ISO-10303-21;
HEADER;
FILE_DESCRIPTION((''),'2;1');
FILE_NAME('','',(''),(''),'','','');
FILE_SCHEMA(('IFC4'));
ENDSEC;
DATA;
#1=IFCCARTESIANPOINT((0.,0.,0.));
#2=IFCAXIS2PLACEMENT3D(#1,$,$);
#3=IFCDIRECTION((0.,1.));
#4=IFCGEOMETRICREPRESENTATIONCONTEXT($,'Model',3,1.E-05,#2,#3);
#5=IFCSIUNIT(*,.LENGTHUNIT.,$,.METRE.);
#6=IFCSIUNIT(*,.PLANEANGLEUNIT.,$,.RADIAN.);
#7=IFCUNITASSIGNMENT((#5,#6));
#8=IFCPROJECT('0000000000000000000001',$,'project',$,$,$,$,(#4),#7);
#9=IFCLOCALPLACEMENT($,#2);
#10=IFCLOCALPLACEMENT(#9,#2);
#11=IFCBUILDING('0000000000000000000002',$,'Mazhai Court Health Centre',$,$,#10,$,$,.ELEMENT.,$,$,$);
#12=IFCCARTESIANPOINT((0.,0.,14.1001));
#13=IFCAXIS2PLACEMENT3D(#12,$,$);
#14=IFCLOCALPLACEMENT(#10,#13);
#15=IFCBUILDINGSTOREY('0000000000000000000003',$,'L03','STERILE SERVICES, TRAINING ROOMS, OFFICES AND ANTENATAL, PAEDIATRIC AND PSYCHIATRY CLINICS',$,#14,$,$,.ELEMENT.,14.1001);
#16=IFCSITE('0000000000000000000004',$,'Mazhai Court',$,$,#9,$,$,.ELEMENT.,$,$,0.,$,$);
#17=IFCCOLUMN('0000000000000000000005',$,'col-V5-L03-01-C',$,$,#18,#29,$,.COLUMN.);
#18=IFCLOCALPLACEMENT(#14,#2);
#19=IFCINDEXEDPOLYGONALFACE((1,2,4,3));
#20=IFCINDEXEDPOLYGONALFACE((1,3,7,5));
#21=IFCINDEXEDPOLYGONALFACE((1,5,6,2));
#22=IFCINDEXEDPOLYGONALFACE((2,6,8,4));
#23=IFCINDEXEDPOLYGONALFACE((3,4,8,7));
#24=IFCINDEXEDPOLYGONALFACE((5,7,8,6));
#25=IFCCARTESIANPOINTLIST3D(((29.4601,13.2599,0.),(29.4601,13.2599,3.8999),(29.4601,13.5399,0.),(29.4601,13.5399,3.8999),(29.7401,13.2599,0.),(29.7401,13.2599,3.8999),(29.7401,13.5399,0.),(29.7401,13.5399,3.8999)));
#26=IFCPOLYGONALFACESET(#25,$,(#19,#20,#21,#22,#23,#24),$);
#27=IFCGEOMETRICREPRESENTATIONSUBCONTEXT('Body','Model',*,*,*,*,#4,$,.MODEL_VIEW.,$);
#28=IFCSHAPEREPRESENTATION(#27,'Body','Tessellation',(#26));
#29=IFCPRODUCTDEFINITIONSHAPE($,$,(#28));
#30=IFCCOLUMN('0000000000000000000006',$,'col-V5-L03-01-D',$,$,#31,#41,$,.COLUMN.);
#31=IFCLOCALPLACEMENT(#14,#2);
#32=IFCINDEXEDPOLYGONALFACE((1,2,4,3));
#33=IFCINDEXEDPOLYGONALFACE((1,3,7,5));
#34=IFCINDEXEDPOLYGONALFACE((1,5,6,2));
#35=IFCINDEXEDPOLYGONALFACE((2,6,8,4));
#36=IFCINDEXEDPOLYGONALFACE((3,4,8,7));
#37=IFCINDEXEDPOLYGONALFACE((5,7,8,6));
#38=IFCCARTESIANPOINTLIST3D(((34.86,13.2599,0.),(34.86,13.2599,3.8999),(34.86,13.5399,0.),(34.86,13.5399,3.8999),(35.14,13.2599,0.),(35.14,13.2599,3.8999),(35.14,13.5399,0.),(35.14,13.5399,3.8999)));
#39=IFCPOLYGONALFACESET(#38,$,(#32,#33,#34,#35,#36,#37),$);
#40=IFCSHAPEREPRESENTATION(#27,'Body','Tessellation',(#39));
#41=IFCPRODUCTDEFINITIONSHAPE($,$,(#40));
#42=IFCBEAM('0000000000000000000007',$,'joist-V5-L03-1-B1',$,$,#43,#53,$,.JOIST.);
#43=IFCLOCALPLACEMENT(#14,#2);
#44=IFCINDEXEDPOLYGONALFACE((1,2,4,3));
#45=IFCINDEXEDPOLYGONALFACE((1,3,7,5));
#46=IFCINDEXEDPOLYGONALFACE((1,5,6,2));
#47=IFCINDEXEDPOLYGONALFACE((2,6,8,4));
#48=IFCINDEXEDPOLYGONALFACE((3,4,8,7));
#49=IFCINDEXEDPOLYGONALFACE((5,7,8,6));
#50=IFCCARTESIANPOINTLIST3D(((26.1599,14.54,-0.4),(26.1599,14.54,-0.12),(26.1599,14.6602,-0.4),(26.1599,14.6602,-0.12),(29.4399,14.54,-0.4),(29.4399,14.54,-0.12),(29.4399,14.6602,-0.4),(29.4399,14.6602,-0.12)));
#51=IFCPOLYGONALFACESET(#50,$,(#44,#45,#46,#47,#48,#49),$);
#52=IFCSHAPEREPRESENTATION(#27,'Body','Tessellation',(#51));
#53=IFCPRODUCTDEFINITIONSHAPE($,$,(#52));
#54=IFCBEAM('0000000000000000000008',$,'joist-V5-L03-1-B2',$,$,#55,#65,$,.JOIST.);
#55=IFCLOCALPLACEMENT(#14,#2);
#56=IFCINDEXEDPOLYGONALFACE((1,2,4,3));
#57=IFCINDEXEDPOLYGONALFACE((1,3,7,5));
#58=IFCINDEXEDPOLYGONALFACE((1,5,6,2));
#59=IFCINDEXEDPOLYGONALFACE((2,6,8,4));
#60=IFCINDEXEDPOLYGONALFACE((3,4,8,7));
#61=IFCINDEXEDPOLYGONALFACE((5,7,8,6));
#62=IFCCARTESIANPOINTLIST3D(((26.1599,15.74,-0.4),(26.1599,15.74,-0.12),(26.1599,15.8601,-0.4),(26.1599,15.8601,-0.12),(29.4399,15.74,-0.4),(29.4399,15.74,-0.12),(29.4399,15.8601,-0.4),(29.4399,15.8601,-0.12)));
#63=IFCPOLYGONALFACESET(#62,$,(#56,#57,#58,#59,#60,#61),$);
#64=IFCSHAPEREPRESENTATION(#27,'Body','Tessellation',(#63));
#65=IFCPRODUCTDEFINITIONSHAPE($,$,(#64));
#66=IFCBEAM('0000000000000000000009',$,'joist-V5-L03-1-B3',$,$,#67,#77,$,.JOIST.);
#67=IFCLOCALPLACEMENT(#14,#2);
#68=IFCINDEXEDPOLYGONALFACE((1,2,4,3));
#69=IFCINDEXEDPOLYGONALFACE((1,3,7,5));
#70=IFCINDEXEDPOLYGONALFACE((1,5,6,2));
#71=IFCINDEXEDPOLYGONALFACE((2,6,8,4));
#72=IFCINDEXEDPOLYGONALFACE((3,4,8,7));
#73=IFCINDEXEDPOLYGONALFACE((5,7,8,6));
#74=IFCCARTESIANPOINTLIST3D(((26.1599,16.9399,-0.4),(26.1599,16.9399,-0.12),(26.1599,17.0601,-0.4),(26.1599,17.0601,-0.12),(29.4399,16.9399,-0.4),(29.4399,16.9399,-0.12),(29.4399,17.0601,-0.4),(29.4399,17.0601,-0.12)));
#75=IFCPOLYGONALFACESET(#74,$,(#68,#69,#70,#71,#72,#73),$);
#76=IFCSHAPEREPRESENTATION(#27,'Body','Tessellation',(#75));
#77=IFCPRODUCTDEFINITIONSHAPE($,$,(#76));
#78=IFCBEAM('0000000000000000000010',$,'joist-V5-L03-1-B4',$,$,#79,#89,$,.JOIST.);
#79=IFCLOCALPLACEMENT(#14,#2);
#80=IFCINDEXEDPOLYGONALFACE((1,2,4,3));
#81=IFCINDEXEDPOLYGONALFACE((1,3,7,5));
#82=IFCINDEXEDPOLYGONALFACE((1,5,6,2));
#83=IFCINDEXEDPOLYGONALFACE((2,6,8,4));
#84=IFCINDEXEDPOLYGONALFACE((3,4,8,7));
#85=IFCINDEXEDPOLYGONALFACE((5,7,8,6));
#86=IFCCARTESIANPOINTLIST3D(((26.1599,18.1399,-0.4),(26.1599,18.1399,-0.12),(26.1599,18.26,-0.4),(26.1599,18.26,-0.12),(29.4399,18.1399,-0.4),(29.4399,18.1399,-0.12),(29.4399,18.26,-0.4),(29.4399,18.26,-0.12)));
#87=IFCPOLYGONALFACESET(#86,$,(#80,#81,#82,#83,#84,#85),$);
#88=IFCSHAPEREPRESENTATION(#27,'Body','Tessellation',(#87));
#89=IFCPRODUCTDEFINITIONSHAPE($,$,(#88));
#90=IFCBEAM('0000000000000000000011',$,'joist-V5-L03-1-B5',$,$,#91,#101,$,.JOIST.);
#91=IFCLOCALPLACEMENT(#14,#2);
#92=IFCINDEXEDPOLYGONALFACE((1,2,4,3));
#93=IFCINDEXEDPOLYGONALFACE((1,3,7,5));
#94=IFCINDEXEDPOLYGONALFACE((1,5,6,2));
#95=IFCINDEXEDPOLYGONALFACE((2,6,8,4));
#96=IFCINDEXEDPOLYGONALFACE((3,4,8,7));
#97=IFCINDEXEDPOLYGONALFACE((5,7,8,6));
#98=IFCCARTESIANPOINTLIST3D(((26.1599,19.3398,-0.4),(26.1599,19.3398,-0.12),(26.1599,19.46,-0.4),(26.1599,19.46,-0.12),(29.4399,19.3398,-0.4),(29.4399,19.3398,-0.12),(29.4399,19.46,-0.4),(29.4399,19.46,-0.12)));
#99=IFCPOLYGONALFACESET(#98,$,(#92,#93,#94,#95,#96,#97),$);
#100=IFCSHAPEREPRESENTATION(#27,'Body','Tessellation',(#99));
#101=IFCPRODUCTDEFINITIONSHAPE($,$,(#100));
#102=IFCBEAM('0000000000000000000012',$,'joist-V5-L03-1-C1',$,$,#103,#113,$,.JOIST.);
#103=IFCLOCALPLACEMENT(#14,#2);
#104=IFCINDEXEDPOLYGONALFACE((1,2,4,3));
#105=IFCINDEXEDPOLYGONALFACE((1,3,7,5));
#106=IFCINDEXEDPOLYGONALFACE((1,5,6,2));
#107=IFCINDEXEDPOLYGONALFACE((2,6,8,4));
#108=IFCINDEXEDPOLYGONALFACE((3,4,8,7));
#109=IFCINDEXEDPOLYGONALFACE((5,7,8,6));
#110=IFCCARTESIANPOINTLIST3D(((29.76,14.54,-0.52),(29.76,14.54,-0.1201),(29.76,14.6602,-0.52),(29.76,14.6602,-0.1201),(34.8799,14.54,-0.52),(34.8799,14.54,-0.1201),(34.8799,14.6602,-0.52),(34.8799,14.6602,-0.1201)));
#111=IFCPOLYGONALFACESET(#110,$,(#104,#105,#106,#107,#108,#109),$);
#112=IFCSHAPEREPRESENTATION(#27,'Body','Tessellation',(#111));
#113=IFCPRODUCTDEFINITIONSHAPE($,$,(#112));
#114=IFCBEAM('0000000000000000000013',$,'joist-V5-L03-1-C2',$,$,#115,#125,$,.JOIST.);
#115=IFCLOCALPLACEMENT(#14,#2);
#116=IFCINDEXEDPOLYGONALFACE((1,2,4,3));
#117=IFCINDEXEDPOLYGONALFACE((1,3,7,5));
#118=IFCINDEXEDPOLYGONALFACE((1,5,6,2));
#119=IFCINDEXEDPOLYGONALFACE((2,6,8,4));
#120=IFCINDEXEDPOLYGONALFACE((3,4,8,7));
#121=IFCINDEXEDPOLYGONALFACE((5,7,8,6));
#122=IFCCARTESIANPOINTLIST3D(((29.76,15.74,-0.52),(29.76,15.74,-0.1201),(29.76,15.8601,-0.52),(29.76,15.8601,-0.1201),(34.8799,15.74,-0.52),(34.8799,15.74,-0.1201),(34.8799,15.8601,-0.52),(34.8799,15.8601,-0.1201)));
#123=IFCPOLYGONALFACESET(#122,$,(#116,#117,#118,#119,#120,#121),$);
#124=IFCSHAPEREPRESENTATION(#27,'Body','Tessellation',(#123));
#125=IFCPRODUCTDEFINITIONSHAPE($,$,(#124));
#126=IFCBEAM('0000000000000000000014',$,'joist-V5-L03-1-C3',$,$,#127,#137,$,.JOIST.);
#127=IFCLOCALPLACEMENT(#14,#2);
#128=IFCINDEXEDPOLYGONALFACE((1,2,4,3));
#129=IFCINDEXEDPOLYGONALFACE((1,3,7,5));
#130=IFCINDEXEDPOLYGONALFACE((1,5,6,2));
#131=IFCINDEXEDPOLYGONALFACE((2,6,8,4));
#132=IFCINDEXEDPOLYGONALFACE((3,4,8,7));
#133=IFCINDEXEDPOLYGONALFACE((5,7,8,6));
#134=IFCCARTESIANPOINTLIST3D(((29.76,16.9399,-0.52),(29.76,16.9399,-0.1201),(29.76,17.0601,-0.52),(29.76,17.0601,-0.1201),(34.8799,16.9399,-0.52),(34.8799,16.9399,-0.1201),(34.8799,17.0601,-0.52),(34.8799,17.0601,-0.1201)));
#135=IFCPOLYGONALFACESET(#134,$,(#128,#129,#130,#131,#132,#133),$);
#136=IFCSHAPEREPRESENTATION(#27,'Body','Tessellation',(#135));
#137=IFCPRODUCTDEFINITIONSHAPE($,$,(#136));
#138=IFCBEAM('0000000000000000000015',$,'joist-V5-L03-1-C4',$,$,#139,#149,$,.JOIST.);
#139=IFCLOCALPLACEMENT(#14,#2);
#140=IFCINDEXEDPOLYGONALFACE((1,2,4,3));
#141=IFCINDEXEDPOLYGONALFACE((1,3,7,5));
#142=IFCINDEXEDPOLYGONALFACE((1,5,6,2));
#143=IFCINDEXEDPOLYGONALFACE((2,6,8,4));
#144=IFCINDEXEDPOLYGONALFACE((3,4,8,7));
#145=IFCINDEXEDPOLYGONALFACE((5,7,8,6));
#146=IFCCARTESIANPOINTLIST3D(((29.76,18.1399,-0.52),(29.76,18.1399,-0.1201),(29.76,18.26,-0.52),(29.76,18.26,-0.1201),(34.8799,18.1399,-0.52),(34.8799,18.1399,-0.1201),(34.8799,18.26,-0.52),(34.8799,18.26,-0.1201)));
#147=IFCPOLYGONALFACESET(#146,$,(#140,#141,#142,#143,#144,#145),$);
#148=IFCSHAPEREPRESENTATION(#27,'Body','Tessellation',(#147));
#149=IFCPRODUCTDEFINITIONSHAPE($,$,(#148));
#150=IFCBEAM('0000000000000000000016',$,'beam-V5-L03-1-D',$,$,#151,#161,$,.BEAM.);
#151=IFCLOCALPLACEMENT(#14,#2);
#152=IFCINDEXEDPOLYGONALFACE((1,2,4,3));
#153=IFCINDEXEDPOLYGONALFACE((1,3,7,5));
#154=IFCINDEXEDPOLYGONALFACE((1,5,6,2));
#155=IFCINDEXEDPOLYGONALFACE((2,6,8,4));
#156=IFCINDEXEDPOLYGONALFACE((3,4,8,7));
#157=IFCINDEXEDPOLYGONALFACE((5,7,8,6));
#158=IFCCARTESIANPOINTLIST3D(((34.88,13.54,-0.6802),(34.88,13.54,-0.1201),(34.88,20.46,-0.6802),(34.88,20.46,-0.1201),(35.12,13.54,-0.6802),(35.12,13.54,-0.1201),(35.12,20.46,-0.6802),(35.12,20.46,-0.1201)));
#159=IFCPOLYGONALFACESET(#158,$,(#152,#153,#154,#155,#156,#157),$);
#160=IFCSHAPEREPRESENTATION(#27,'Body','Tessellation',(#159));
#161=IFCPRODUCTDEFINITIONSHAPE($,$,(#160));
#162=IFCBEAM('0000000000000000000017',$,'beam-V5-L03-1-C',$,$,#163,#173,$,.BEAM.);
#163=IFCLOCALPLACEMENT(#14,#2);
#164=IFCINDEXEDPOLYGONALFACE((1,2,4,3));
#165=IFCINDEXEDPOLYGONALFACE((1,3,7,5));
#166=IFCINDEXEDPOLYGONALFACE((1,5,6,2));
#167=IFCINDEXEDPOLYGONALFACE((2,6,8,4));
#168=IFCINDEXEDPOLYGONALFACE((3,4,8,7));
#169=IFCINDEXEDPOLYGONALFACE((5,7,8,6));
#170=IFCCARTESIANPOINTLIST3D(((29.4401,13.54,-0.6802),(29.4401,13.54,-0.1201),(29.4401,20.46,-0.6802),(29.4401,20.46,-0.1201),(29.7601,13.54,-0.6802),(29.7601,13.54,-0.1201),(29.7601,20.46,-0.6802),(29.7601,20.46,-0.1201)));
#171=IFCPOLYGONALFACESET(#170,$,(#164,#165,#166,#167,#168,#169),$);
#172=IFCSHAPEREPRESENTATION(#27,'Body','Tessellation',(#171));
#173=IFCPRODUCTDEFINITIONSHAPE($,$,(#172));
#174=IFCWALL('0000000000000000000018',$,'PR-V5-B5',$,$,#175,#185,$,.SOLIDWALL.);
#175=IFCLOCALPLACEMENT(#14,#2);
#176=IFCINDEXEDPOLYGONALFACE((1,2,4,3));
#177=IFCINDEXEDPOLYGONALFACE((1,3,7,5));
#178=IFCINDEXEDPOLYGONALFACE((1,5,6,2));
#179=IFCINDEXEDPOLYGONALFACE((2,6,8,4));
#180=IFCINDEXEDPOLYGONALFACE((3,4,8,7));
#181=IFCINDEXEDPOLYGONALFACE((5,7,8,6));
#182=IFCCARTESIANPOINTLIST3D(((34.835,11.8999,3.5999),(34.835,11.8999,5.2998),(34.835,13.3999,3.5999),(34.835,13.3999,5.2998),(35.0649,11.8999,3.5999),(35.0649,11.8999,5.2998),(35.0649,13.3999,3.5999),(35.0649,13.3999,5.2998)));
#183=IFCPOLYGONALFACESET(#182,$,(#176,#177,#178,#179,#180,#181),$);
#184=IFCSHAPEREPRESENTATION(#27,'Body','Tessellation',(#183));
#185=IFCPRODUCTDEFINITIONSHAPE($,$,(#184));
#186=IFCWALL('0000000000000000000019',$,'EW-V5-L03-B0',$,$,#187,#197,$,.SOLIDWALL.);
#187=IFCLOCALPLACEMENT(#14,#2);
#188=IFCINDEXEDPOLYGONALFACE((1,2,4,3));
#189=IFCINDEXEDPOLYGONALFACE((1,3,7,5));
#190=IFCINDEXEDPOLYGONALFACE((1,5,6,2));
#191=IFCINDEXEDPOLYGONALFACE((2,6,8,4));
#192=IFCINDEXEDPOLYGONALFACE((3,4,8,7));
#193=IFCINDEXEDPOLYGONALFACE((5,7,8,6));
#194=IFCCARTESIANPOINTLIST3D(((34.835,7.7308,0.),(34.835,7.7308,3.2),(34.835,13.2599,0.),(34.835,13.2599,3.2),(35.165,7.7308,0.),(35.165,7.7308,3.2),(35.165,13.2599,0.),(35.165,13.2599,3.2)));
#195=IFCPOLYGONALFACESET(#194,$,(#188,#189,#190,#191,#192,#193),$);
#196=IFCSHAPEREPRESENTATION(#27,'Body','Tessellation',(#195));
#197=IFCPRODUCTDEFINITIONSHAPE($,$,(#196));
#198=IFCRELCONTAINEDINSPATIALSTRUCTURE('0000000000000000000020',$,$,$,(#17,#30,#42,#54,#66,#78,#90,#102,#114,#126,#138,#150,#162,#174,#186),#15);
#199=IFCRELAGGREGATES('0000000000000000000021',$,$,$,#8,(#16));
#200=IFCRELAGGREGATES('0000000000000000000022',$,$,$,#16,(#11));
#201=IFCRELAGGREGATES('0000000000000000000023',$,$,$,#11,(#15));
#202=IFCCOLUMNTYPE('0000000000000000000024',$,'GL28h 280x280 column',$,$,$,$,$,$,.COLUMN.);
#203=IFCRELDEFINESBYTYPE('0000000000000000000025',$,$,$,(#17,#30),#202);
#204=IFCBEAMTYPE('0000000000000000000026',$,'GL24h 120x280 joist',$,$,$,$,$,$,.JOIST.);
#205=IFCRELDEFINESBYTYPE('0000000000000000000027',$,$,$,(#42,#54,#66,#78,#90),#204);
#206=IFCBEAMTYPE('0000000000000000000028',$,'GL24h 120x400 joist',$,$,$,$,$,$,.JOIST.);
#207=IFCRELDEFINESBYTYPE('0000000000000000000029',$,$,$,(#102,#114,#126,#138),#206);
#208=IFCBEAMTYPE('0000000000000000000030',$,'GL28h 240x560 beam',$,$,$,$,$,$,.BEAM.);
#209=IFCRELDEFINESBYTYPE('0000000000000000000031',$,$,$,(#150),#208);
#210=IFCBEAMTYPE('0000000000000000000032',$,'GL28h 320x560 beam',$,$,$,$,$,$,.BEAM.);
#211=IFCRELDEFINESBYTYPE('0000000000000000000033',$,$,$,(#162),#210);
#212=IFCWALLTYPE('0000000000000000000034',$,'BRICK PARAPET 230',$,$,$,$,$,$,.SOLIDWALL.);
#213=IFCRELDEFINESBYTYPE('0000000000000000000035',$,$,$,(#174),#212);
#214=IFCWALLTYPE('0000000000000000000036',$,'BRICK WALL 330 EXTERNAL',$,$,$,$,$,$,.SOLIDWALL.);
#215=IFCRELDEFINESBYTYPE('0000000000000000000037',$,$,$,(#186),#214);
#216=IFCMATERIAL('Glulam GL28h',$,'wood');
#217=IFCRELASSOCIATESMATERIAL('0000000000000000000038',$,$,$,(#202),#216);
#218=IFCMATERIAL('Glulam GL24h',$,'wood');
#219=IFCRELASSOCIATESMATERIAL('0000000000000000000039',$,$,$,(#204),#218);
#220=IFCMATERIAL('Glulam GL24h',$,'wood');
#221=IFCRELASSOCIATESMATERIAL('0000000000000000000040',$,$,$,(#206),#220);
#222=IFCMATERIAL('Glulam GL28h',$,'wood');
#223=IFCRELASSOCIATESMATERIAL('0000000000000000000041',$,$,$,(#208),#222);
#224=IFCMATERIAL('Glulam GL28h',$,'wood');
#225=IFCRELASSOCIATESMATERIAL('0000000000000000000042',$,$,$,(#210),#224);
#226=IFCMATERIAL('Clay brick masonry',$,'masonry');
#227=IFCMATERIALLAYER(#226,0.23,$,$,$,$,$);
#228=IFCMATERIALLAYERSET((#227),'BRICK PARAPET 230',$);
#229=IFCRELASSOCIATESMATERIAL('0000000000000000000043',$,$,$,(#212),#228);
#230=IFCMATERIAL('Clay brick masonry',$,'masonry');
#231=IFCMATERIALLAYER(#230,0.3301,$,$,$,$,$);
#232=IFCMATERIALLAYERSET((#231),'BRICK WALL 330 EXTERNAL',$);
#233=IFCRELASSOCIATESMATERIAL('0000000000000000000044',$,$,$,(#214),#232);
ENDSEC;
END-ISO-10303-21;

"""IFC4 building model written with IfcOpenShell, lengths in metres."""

from ifc_helpers import new_model, si_unit, direction, frame, frame_2d, origin, origin_2d, place, context, subcontext, project, spatial, rectangle, extrude, material, layer, layer_set, material_profile, profile_set, type_object, element, save


model = new_model("IFC4")

# Units and contexts
model_context = context("Model", 3, precision=1e-05, world=origin(), true_north=direction((0.0, 1.0)))
body_context = subcontext(model_context, "Body", "Model", "MODEL_VIEW")
ifc_project = project(units=[si_unit("LENGTHUNIT", "METRE"), si_unit("PLANEANGLEUNIT", "RADIAN")], contexts=[model_context])

# Site, building, storey
site_placement = place(None, origin())
site = spatial("IfcSite", under=ifc_project, at=site_placement, Name="Mazhai Court", CompositionType="ELEMENT", RefElevation=0.0)
building_placement = place(site_placement, origin())
building = spatial("IfcBuilding", under=site, at=building_placement, Name="Mazhai Court Health Centre", CompositionType="ELEMENT")
storey_placement = place(building_placement, frame((0.0, 0.0, 14.1001)))
storey = spatial("IfcBuildingStorey", under=building, at=storey_placement, Name="L03", Description="STERILE SERVICES, TRAINING ROOMS, OFFICES AND ANTENATAL, PAEDIATRIC AND PSYCHIATRY CLINICS", CompositionType="ELEMENT", Elevation=14.1001)

# Columns
ifc_material_1 = material(Name="Glulam GL28h", Category="wood")
ifc_material_profile_1 = material_profile(ifc_material_1, rectangle(XDim=0.28, YDim=0.28, at=origin_2d()), Name="GL28h 280x280")
ifc_profile_set_1 = profile_set([ifc_material_profile_1], Name="Glulam GL28h")
column_type = type_object("IfcColumnType", Name="GL28h 280x280 column", PredefinedType="COLUMN", material=ifc_profile_set_1)
for number, where, z_axis, x_axis, name in (
    (1, (29.6001, 13.3999, 0.0), (0.0, 0.0, 1.0), (1.0, 0.0, 0.0), "col-V5-L03-01-C"),
    (2, (35.0, 13.3999, 0.0), (0.0, 0.0, 1.0), (1.0, 0.0, 0.0), "col-V5-L03-01-D"),
):
    element("IfcColumn", number, at=place(storey_placement, frame(where, z_axis=z_axis, x_axis=x_axis)), inside=storey, type_object=column_type, Name=name, PredefinedType="COLUMN", context=body_context, shape_type="SweptSolid", body=[
        extrude(rectangle(XDim=0.28, YDim=0.28, at=origin_2d()), origin(), (0.0, 0.0, 1.0), 3.8999),
    ])

# Beams
ifc_material_2 = material(Name="Glulam GL24h", Category="wood")
ifc_material_profile_2 = material_profile(ifc_material_2, rectangle(XDim=0.1201, YDim=0.28, at=origin_2d()), Name="GL24h 120x280")
ifc_profile_set_2 = profile_set([ifc_material_profile_2], Name="Glulam GL24h")
beam_type_1 = type_object("IfcBeamType", Name="GL24h 120x280 joist", PredefinedType="JOIST", material=ifc_profile_set_2)
for number, where, z_axis, x_axis, name in (
    (3, (26.1599, 14.6001, -0.26), (1.0, 0.0, 0.0), (0.0, 1.0, 0.0), "joist-V5-L03-1-B1"),
    (4, (26.1599, 15.8, -0.26), (1.0, 0.0, 0.0), (0.0, 1.0, 0.0), "joist-V5-L03-1-B2"),
    (5, (26.1599, 17.0, -0.26), (1.0, 0.0, 0.0), (0.0, 1.0, 0.0), "joist-V5-L03-1-B3"),
    (6, (26.1599, 18.2, -0.26), (1.0, 0.0, 0.0), (0.0, 1.0, 0.0), "joist-V5-L03-1-B4"),
    (7, (26.1599, 19.3999, -0.26), (1.0, 0.0, 0.0), (0.0, 1.0, 0.0), "joist-V5-L03-1-B5"),
):
    element("IfcBeam", number, at=place(storey_placement, frame(where, z_axis=z_axis, x_axis=x_axis)), inside=storey, type_object=beam_type_1, Name=name, PredefinedType="JOIST", context=body_context, shape_type="SweptSolid", body=[
        extrude(rectangle(XDim=0.1201, YDim=0.28, at=origin_2d()), origin(), (0.0, 0.0, 1.0), 3.28),
    ])
ifc_material_3 = material(Name="Glulam GL24h", Category="wood")
ifc_material_profile_3 = material_profile(ifc_material_3, rectangle(XDim=0.1201, YDim=0.3999, at=origin_2d()), Name="GL24h 120x400")
ifc_profile_set_3 = profile_set([ifc_material_profile_3], Name="Glulam GL24h")
beam_type_2 = type_object("IfcBeamType", Name="GL24h 120x400 joist", PredefinedType="JOIST", material=ifc_profile_set_3)
for number, where, z_axis, x_axis, name in (
    (8, (29.76, 14.6001, -0.3201), (1.0, 0.0, 0.0), (0.0, 1.0, 0.0), "joist-V5-L03-1-C1"),
    (9, (29.76, 15.8, -0.3201), (1.0, 0.0, 0.0), (0.0, 1.0, 0.0), "joist-V5-L03-1-C2"),
    (10, (29.76, 17.0, -0.3201), (1.0, 0.0, 0.0), (0.0, 1.0, 0.0), "joist-V5-L03-1-C3"),
    (11, (29.76, 18.2, -0.3201), (1.0, 0.0, 0.0), (0.0, 1.0, 0.0), "joist-V5-L03-1-C4"),
):
    element("IfcBeam", number, at=place(storey_placement, frame(where, z_axis=z_axis, x_axis=x_axis)), inside=storey, type_object=beam_type_2, Name=name, PredefinedType="JOIST", context=body_context, shape_type="SweptSolid", body=[
        extrude(rectangle(XDim=0.1201, YDim=0.3999, at=origin_2d()), origin(), (0.0, 0.0, 1.0), 5.1199),
    ])
ifc_material_4 = material(Name="Glulam GL28h", Category="wood")
ifc_material_profile_4 = material_profile(ifc_material_4, rectangle(XDim=0.24, YDim=0.5601, at=origin_2d()), Name="GL28h 240x560")
ifc_profile_set_4 = profile_set([ifc_material_profile_4], Name="Glulam GL28h")
beam_type_3 = type_object("IfcBeamType", Name="GL28h 240x560 beam", PredefinedType="BEAM", material=ifc_profile_set_4)
beam_1_placement = place(storey_placement, frame((35.0, 13.54, -0.4001), z_axis=(0.0, 1.0, 0.0), x_axis=(-1.0, 0.0, 0.0)))
element("IfcBeam", 12, at=beam_1_placement, inside=storey, type_object=beam_type_3, Name="beam-V5-L03-1-D", PredefinedType="BEAM", context=body_context, shape_type="SweptSolid", body=[
    extrude(rectangle(XDim=0.24, YDim=0.5601, at=origin_2d()), origin(), (0.0, 0.0, 1.0), 6.9199),
])
ifc_material_5 = material(Name="Glulam GL28h", Category="wood")
ifc_material_profile_5 = material_profile(ifc_material_5, rectangle(XDim=0.3201, YDim=0.5601, at=origin_2d()), Name="GL28h 320x560")
ifc_profile_set_5 = profile_set([ifc_material_profile_5], Name="Glulam GL28h")
beam_type_4 = type_object("IfcBeamType", Name="GL28h 320x560 beam", PredefinedType="BEAM", material=ifc_profile_set_5)
beam_2_placement = place(storey_placement, frame((29.6001, 13.54, -0.4001), z_axis=(0.0, 1.0, 0.0), x_axis=(-1.0, 0.0, 0.0)))
element("IfcBeam", 13, at=beam_2_placement, inside=storey, type_object=beam_type_4, Name="beam-V5-L03-1-C", PredefinedType="BEAM", context=body_context, shape_type="SweptSolid", body=[
    extrude(rectangle(XDim=0.3201, YDim=0.5601, at=origin_2d()), origin(), (0.0, 0.0, 1.0), 6.9199),
])

# Walls
ifc_material_6 = material(Name="Clay brick masonry", Category="masonry")
ifc_layer_1 = layer(ifc_material_6, 0.23)
ifc_layer_set_1 = layer_set([ifc_layer_1], Name="BRICK PARAPET 230")
wall_type_1 = type_object("IfcWallType", Name="BRICK PARAPET 230", PredefinedType="SOLIDWALL", material=ifc_layer_set_1)
wall_1_placement = place(storey_placement, frame((34.95, 13.3999, 3.5999), z_axis=(0.0, 0.0, 1.0), x_axis=(0.0, -1.0, 0.0)))
element("IfcWall", 14, at=wall_1_placement, inside=storey, type_object=wall_type_1, Name="PR-V5-B5", PredefinedType="SOLIDWALL", context=body_context, shape_type="SweptSolid", body=[
    extrude(rectangle(XDim=1.5, YDim=0.23, at=frame_2d((0.75, 0.0))), origin(), (0.0, 0.0, 1.0), 1.7),
])
ifc_material_7 = material(Name="Clay brick masonry", Category="masonry")
ifc_layer_2 = layer(ifc_material_7, 0.3301)
ifc_layer_set_2 = layer_set([ifc_layer_2], Name="BRICK WALL 330 EXTERNAL")
wall_type_2 = type_object("IfcWallType", Name="BRICK WALL 330 EXTERNAL", PredefinedType="SOLIDWALL", material=ifc_layer_set_2)
wall_2_placement = place(storey_placement, frame((35.0, 13.26, 0.0), z_axis=(0.0, 0.0, 1.0), x_axis=(0.0, -1.0, 0.0)))
element("IfcWall", 15, at=wall_2_placement, inside=storey, type_object=wall_type_2, Name="EW-V5-L03-B0", PredefinedType="SOLIDWALL", context=body_context, shape_type="SweptSolid", body=[
    extrude(rectangle(XDim=5.5291, YDim=0.3301, at=frame_2d((2.7646, 0.0))), origin(), (0.0, 0.0, 1.0), 3.2),
])

save(model, "model.ifc")
